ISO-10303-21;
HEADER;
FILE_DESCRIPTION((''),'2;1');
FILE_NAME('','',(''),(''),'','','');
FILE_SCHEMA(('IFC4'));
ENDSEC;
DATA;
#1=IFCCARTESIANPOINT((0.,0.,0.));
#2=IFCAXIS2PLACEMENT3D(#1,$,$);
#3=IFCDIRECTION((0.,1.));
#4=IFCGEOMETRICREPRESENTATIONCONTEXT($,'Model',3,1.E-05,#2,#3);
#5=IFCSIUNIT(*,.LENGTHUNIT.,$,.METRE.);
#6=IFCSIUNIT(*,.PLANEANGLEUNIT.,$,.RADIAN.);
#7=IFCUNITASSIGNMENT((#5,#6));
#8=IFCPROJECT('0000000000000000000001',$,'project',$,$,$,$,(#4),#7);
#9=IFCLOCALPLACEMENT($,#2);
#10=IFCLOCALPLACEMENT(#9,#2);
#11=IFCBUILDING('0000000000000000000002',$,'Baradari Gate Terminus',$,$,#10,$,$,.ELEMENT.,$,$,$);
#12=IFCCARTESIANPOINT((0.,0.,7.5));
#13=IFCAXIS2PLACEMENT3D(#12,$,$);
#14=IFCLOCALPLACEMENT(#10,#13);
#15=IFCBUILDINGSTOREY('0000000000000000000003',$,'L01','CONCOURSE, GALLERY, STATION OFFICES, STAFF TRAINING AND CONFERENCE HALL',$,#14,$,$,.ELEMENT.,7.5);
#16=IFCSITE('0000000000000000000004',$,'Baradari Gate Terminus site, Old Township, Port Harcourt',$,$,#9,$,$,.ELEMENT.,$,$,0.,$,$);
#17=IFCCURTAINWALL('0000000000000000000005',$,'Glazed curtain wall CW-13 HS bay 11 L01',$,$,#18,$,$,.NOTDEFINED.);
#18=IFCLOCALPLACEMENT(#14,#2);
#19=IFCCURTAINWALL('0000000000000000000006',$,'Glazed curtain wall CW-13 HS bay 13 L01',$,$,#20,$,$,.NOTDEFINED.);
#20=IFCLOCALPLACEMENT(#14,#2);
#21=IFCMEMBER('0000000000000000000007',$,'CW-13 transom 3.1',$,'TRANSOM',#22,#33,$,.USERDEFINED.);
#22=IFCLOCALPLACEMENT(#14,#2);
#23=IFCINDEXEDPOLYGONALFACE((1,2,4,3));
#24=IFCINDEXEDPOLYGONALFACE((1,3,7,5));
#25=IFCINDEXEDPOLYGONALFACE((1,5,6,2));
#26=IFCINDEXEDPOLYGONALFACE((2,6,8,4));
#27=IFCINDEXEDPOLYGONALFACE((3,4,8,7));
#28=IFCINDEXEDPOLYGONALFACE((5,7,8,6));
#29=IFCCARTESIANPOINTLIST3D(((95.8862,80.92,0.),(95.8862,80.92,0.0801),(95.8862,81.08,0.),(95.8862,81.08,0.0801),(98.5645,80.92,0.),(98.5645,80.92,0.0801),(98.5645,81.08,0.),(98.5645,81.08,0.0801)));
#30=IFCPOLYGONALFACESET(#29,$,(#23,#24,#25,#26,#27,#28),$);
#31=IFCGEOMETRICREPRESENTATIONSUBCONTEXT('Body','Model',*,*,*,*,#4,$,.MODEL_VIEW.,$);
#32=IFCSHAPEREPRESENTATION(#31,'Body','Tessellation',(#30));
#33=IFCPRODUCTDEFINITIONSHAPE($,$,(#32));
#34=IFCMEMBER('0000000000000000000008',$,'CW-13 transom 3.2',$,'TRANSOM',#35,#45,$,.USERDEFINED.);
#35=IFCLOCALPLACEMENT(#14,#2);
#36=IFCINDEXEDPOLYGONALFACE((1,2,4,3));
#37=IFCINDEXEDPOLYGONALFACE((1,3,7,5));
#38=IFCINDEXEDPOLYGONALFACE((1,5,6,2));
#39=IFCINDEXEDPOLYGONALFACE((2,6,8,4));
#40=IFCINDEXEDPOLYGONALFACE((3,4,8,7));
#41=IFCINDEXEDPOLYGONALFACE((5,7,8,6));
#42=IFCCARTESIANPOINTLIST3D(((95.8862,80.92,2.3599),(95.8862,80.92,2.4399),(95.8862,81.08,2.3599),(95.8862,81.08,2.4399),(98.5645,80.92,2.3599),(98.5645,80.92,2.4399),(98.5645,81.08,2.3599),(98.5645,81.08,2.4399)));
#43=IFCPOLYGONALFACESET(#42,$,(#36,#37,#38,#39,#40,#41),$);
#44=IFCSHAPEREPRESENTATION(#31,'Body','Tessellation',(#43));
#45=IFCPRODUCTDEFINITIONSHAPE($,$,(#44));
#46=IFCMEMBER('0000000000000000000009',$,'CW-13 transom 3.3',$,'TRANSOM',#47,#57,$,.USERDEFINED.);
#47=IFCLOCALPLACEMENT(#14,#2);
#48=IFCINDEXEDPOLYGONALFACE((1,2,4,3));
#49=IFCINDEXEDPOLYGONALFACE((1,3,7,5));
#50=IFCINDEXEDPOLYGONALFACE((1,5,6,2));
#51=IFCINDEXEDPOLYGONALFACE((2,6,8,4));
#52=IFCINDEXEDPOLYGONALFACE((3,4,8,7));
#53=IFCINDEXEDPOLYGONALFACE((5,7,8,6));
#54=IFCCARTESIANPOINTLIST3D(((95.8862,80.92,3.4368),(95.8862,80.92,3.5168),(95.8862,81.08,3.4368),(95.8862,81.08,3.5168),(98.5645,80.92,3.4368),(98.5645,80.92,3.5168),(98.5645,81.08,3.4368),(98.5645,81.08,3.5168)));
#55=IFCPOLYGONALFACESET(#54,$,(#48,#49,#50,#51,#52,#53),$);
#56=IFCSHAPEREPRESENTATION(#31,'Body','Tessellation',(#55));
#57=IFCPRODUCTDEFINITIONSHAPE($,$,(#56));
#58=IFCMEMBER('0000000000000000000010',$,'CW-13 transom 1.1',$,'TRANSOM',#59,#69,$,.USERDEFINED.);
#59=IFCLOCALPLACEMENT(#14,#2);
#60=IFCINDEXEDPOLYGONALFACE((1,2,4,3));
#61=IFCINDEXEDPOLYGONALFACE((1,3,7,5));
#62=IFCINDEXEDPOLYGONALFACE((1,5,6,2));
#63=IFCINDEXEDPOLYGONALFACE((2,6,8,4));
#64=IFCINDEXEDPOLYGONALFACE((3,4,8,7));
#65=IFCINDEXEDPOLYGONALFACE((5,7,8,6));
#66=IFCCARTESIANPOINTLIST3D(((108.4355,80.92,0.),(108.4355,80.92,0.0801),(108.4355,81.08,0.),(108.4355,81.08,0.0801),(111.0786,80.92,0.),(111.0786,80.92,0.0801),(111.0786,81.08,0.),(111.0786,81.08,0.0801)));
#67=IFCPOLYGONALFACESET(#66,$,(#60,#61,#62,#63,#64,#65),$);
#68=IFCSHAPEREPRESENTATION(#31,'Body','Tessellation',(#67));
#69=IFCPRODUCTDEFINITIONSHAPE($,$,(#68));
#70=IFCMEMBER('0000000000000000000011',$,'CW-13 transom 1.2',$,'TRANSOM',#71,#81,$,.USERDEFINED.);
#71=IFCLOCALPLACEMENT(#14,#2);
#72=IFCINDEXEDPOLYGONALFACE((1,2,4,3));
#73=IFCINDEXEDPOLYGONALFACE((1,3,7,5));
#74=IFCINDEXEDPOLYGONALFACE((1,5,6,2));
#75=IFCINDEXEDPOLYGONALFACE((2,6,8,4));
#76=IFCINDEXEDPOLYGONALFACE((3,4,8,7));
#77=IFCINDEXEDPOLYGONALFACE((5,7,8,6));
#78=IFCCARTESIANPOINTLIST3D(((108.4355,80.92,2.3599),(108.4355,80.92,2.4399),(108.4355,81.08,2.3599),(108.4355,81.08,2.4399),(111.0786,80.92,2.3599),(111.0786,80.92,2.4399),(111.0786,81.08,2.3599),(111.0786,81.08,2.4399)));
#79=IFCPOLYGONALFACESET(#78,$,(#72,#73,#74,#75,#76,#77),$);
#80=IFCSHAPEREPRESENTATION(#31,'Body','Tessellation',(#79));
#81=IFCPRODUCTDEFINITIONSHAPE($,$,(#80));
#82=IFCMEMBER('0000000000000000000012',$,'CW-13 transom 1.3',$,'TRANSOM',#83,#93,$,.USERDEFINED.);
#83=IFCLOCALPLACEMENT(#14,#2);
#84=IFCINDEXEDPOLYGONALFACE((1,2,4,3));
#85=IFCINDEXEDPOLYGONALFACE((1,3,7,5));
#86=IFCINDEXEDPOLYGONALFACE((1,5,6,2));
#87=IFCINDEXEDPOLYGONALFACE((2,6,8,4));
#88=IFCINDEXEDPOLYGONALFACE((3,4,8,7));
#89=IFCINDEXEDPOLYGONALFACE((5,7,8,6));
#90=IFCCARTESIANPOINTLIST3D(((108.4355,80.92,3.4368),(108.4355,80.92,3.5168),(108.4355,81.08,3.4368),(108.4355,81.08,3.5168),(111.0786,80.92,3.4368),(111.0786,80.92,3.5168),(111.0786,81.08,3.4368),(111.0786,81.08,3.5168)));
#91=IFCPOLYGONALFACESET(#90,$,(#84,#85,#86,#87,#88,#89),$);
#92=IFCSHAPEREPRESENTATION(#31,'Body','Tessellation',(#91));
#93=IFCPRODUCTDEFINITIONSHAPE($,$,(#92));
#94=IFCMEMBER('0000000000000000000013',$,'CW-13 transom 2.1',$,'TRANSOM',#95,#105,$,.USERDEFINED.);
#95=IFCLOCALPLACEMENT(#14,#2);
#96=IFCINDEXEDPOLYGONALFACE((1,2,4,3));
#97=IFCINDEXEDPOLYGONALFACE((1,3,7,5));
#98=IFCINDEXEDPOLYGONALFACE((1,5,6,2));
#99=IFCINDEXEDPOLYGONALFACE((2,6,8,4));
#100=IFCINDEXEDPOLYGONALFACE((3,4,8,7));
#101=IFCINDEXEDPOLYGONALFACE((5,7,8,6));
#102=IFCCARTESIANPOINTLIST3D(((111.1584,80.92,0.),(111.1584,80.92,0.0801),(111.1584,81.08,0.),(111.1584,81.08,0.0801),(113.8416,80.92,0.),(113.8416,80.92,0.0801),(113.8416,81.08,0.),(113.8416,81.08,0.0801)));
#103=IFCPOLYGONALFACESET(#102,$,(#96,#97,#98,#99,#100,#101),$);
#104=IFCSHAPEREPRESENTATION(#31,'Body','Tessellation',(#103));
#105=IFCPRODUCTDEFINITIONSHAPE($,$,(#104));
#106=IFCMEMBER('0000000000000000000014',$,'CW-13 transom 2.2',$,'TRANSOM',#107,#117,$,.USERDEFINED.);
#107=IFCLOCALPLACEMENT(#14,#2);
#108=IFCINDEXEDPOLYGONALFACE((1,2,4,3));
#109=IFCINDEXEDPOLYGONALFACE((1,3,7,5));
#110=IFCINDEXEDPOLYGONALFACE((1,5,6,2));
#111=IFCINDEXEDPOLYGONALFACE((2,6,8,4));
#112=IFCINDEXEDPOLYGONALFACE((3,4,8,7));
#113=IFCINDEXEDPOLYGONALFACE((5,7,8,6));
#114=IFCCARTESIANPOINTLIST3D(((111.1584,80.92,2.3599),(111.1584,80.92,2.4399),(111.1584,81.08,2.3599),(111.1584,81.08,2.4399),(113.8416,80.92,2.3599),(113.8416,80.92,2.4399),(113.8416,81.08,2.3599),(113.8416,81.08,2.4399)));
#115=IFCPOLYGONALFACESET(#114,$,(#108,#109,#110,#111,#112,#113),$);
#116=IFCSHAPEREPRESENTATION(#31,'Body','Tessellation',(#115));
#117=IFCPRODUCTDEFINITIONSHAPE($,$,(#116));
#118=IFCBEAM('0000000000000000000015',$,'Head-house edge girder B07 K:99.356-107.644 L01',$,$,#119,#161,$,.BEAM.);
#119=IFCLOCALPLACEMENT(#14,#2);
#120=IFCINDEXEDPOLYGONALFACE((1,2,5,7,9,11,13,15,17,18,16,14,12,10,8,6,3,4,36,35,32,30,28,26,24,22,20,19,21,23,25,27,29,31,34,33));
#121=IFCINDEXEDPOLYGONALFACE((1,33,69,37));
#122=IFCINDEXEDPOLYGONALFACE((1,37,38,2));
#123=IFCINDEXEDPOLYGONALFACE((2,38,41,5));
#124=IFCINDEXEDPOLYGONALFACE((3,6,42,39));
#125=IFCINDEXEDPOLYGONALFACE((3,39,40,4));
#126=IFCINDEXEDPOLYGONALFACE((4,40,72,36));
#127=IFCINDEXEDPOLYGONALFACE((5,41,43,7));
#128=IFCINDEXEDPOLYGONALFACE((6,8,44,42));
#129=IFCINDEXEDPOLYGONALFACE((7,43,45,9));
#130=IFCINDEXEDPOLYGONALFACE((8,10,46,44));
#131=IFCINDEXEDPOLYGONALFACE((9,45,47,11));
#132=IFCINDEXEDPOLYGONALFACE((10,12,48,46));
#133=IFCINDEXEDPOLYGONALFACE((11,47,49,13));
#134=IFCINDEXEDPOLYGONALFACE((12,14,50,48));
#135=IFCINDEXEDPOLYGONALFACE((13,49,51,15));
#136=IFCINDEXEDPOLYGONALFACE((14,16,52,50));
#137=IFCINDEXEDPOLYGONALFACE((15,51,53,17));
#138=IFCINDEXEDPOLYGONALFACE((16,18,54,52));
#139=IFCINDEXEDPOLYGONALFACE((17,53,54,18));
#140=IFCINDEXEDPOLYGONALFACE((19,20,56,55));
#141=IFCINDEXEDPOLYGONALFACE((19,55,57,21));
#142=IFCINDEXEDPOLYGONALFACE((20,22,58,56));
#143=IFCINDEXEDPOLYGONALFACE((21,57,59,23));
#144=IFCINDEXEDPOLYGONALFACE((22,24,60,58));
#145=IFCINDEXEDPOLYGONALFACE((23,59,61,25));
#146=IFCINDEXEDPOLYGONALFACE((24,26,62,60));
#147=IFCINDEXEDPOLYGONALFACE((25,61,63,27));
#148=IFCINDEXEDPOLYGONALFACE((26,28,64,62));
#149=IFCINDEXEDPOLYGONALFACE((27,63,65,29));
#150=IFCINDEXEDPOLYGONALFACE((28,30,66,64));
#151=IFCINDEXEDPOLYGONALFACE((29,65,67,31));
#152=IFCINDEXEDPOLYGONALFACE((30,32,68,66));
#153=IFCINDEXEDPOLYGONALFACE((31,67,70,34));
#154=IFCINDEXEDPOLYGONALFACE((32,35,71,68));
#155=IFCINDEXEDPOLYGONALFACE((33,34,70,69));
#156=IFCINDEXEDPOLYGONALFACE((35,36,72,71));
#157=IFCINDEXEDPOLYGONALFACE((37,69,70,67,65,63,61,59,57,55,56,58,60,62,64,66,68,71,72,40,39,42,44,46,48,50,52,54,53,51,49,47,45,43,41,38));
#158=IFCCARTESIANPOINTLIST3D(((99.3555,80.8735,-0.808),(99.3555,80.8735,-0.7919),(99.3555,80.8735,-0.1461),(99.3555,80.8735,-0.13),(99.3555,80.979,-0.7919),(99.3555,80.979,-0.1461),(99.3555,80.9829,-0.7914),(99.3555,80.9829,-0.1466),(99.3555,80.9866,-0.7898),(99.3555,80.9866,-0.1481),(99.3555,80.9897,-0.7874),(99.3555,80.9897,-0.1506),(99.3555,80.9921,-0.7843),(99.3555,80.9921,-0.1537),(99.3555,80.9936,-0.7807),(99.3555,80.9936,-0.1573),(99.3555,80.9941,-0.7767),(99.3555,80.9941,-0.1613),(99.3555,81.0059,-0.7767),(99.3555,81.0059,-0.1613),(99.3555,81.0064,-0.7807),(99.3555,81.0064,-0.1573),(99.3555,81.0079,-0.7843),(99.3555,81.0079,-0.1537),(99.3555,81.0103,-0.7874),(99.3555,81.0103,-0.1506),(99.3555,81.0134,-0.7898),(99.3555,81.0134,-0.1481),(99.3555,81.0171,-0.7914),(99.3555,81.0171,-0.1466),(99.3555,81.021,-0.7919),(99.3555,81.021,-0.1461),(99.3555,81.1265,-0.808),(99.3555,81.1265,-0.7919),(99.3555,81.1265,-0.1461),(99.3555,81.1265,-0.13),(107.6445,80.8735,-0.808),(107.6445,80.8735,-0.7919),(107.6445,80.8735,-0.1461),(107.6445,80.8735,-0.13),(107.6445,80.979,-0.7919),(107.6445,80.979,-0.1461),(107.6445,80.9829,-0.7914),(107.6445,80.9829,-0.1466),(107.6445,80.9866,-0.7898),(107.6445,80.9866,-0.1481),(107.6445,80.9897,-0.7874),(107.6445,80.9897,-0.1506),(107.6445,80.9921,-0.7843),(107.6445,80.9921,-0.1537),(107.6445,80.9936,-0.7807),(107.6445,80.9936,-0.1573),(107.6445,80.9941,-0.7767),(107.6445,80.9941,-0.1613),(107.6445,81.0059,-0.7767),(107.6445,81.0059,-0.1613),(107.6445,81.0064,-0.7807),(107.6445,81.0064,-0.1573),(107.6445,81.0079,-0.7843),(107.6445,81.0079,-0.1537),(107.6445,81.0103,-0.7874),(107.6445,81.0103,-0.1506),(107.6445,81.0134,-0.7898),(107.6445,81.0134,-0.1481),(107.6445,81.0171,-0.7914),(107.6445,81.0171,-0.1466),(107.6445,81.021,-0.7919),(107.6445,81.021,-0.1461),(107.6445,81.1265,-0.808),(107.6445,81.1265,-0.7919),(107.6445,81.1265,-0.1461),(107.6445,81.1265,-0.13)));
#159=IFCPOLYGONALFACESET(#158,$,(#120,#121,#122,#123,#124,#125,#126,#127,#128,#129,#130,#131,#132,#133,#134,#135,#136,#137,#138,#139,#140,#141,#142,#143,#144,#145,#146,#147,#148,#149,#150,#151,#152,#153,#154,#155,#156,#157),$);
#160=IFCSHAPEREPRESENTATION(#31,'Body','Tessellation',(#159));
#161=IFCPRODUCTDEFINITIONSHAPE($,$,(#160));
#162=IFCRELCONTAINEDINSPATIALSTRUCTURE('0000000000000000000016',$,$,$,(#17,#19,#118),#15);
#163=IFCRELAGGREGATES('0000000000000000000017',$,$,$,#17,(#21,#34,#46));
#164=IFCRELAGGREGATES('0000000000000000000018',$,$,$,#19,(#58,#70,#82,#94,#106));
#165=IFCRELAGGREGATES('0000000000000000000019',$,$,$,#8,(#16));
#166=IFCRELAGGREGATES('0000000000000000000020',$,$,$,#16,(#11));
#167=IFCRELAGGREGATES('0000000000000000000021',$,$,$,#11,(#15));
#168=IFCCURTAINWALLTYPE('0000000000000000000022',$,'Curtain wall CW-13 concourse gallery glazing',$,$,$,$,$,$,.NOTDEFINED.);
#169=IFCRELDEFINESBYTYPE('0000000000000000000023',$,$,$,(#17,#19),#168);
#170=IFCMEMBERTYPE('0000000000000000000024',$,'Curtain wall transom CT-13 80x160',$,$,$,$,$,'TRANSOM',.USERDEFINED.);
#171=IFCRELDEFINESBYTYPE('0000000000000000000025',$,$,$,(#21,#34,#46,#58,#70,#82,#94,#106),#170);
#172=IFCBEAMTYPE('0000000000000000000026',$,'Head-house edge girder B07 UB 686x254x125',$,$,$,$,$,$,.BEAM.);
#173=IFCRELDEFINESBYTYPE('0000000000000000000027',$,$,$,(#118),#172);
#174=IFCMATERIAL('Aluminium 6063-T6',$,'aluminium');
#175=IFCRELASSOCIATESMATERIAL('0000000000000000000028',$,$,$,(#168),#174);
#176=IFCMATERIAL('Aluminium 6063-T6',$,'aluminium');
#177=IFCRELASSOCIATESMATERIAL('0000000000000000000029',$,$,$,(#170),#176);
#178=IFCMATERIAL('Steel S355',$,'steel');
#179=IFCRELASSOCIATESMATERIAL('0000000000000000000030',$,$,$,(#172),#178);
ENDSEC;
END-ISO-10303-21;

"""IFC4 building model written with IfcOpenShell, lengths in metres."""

from ifc_helpers import new_model, si_unit, direction, frame, origin, origin_2d, place, context, subcontext, project, spatial, rectangle, i_section, extrude, material, material_profile, profile_set, type_object, element, aggregate, save


model = new_model("IFC4")

# Units and contexts
model_context = context("Model", 3, precision=1e-05, world=origin(), true_north=direction((0.0, 1.0)))
body_context = subcontext(model_context, "Body", "Model", "MODEL_VIEW")
ifc_project = project(units=[si_unit("LENGTHUNIT", "METRE"), si_unit("PLANEANGLEUNIT", "RADIAN")], contexts=[model_context])

# Site, building, storey
site_placement = place(None, origin())
site = spatial("IfcSite", under=ifc_project, at=site_placement, Name="Baradari Gate Terminus site, Old Township, Port Harcourt", CompositionType="ELEMENT", RefElevation=0.0)
building_placement = place(site_placement, origin())
building = spatial("IfcBuilding", under=site, at=building_placement, Name="Baradari Gate Terminus", CompositionType="ELEMENT")
storey_placement = place(building_placement, frame((0.0, 0.0, 7.5)))
storey = spatial("IfcBuildingStorey", under=building, at=storey_placement, Name="L01", Description="CONCOURSE, GALLERY, STATION OFFICES, STAFF TRAINING AND CONFERENCE HALL", CompositionType="ELEMENT", Elevation=7.5)

# Curtain walls
ifc_material_1 = material(Name="Aluminium 6063-T6", Category="aluminium")
curtain_wall_type = type_object("IfcCurtainWallType", Name="Curtain wall CW-13 concourse gallery glazing", PredefinedType="NOTDEFINED", material=ifc_material_1)
curtain_wall_1_placement = place(storey_placement, origin())
curtain_wall_1 = element("IfcCurtainWall", 1, at=curtain_wall_1_placement, inside=storey, type_object=curtain_wall_type, Name="Glazed curtain wall CW-13 HS bay 11 L01", PredefinedType="NOTDEFINED")
curtain_wall_2_placement = place(storey_placement, origin())
curtain_wall_2 = element("IfcCurtainWall", 2, at=curtain_wall_2_placement, inside=storey, type_object=curtain_wall_type, Name="Glazed curtain wall CW-13 HS bay 13 L01", PredefinedType="NOTDEFINED")

# Members
ifc_material_2 = material(Name="Aluminium 6063-T6", Category="aluminium")
ifc_material_profile_1 = material_profile(ifc_material_2, rectangle(XDim=0.1599, YDim=0.0801, at=origin_2d()), Name="CT-13 80X160")
ifc_profile_set_1 = profile_set([ifc_material_profile_1], Name="Aluminium 6063-T6")
member_type_1 = type_object("IfcMemberType", Name="Curtain wall transom CT-13 80x160", ElementType="TRANSOM", PredefinedType="USERDEFINED", material=ifc_profile_set_1)
member_1_placement = place(storey_placement, frame((95.8862, 81.0, 0.04), z_axis=(1.0, 0.0, 0.0), x_axis=(0.0, 1.0, 0.0)))
member_1 = element("IfcMember", 3, at=member_1_placement, type_object=member_type_1, Name="CW-13 transom 3.1", ObjectType="TRANSOM", PredefinedType="USERDEFINED", context=body_context, shape_type="SweptSolid", body=[
    extrude(rectangle(XDim=0.1599, YDim=0.0801, at=origin_2d()), origin(), (0.0, 0.0, 1.0), 2.6782),
])
member_2_placement = place(storey_placement, frame((95.8862, 81.0, 2.3999), z_axis=(1.0, 0.0, 0.0), x_axis=(0.0, 1.0, 0.0)))
member_2 = element("IfcMember", 4, at=member_2_placement, type_object=member_type_1, Name="CW-13 transom 3.2", ObjectType="TRANSOM", PredefinedType="USERDEFINED", context=body_context, shape_type="SweptSolid", body=[
    extrude(rectangle(XDim=0.1599, YDim=0.0801, at=origin_2d()), origin(), (0.0, 0.0, 1.0), 2.6782),
])
member_3_placement = place(storey_placement, frame((95.8862, 81.0, 3.4768), z_axis=(1.0, 0.0, 0.0), x_axis=(0.0, 1.0, 0.0)))
member_3 = element("IfcMember", 5, at=member_3_placement, type_object=member_type_1, Name="CW-13 transom 3.3", ObjectType="TRANSOM", PredefinedType="USERDEFINED", context=body_context, shape_type="SweptSolid", body=[
    extrude(rectangle(XDim=0.1599, YDim=0.0801, at=origin_2d()), origin(), (0.0, 0.0, 1.0), 2.6782),
])
member_4_placement = place(storey_placement, frame((108.4355, 81.0, 0.04), z_axis=(1.0, 0.0, 0.0), x_axis=(0.0, 1.0, 0.0)))
member_4 = element("IfcMember", 6, at=member_4_placement, type_object=member_type_1, Name="CW-13 transom 1.1", ObjectType="TRANSOM", PredefinedType="USERDEFINED", context=body_context, shape_type="SweptSolid", body=[
    extrude(rectangle(XDim=0.1599, YDim=0.0801, at=origin_2d()), origin(), (0.0, 0.0, 1.0), 2.6431),
])
member_5_placement = place(storey_placement, frame((108.4355, 81.0, 2.3999), z_axis=(1.0, 0.0, 0.0), x_axis=(0.0, 1.0, 0.0)))
member_5 = element("IfcMember", 7, at=member_5_placement, type_object=member_type_1, Name="CW-13 transom 1.2", ObjectType="TRANSOM", PredefinedType="USERDEFINED", context=body_context, shape_type="SweptSolid", body=[
    extrude(rectangle(XDim=0.1599, YDim=0.0801, at=origin_2d()), origin(), (0.0, 0.0, 1.0), 2.6431),
])
member_6_placement = place(storey_placement, frame((108.4355, 81.0, 3.4768), z_axis=(1.0, 0.0, 0.0), x_axis=(0.0, 1.0, 0.0)))
member_6 = element("IfcMember", 8, at=member_6_placement, type_object=member_type_1, Name="CW-13 transom 1.3", ObjectType="TRANSOM", PredefinedType="USERDEFINED", context=body_context, shape_type="SweptSolid", body=[
    extrude(rectangle(XDim=0.1599, YDim=0.0801, at=origin_2d()), origin(), (0.0, 0.0, 1.0), 2.6431),
])
member_7_placement = place(storey_placement, frame((111.1584, 81.0, 0.04), z_axis=(1.0, 0.0, 0.0), x_axis=(0.0, 1.0, 0.0)))
member_7 = element("IfcMember", 9, at=member_7_placement, type_object=member_type_1, Name="CW-13 transom 2.1", ObjectType="TRANSOM", PredefinedType="USERDEFINED", context=body_context, shape_type="SweptSolid", body=[
    extrude(rectangle(XDim=0.1599, YDim=0.0801, at=origin_2d()), origin(), (0.0, 0.0, 1.0), 2.6831),
])
member_8_placement = place(storey_placement, frame((111.1584, 81.0, 2.3999), z_axis=(1.0, 0.0, 0.0), x_axis=(0.0, 1.0, 0.0)))
member_8 = element("IfcMember", 10, at=member_8_placement, type_object=member_type_1, Name="CW-13 transom 2.2", ObjectType="TRANSOM", PredefinedType="USERDEFINED", context=body_context, shape_type="SweptSolid", body=[
    extrude(rectangle(XDim=0.1599, YDim=0.0801, at=origin_2d()), origin(), (0.0, 0.0, 1.0), 2.6831),
])

# Beam
ifc_material_3 = material(Name="Steel S355", Category="steel")
ifc_material_profile_2 = material_profile(ifc_material_3, i_section(OverallWidth=0.2529, OverallDepth=0.678, WebThickness=0.0117, FlangeThickness=0.0161, FilletRadius=0.0151, at=origin_2d()), Name="UB 686x254x125")
ifc_profile_set_2 = profile_set([ifc_material_profile_2], Name="Steel S355")
beam_type_1 = type_object("IfcBeamType", Name="Head-house edge girder B07 UB 686x254x125", PredefinedType="BEAM", material=ifc_profile_set_2)
for number, where, z_axis, x_axis, name in (
    (11, (99.3555, 81.0, -0.469), (1.0, 0.0, 0.0), (0.0, 1.0, 0.0), "Head-house edge girder B07 K:99.356-107.644 L01"),
):
    element("IfcBeam", number, at=place(storey_placement, frame(where, z_axis=z_axis, x_axis=x_axis)), inside=storey, type_object=beam_type_1, Name=name, PredefinedType="BEAM", context=body_context, shape_type="SweptSolid", body=[
        extrude(i_section(OverallWidth=0.2529, OverallDepth=0.678, WebThickness=0.0117, FlangeThickness=0.0161, FilletRadius=0.0151, at=origin_2d()), origin(), (0.0, 0.0, 1.0), 8.2891),
    ])

aggregate(curtain_wall_1, [member_1, member_2, member_3])
aggregate(curtain_wall_2, [member_4, member_5, member_6, member_7, member_8])

save(model, "model.ifc")
